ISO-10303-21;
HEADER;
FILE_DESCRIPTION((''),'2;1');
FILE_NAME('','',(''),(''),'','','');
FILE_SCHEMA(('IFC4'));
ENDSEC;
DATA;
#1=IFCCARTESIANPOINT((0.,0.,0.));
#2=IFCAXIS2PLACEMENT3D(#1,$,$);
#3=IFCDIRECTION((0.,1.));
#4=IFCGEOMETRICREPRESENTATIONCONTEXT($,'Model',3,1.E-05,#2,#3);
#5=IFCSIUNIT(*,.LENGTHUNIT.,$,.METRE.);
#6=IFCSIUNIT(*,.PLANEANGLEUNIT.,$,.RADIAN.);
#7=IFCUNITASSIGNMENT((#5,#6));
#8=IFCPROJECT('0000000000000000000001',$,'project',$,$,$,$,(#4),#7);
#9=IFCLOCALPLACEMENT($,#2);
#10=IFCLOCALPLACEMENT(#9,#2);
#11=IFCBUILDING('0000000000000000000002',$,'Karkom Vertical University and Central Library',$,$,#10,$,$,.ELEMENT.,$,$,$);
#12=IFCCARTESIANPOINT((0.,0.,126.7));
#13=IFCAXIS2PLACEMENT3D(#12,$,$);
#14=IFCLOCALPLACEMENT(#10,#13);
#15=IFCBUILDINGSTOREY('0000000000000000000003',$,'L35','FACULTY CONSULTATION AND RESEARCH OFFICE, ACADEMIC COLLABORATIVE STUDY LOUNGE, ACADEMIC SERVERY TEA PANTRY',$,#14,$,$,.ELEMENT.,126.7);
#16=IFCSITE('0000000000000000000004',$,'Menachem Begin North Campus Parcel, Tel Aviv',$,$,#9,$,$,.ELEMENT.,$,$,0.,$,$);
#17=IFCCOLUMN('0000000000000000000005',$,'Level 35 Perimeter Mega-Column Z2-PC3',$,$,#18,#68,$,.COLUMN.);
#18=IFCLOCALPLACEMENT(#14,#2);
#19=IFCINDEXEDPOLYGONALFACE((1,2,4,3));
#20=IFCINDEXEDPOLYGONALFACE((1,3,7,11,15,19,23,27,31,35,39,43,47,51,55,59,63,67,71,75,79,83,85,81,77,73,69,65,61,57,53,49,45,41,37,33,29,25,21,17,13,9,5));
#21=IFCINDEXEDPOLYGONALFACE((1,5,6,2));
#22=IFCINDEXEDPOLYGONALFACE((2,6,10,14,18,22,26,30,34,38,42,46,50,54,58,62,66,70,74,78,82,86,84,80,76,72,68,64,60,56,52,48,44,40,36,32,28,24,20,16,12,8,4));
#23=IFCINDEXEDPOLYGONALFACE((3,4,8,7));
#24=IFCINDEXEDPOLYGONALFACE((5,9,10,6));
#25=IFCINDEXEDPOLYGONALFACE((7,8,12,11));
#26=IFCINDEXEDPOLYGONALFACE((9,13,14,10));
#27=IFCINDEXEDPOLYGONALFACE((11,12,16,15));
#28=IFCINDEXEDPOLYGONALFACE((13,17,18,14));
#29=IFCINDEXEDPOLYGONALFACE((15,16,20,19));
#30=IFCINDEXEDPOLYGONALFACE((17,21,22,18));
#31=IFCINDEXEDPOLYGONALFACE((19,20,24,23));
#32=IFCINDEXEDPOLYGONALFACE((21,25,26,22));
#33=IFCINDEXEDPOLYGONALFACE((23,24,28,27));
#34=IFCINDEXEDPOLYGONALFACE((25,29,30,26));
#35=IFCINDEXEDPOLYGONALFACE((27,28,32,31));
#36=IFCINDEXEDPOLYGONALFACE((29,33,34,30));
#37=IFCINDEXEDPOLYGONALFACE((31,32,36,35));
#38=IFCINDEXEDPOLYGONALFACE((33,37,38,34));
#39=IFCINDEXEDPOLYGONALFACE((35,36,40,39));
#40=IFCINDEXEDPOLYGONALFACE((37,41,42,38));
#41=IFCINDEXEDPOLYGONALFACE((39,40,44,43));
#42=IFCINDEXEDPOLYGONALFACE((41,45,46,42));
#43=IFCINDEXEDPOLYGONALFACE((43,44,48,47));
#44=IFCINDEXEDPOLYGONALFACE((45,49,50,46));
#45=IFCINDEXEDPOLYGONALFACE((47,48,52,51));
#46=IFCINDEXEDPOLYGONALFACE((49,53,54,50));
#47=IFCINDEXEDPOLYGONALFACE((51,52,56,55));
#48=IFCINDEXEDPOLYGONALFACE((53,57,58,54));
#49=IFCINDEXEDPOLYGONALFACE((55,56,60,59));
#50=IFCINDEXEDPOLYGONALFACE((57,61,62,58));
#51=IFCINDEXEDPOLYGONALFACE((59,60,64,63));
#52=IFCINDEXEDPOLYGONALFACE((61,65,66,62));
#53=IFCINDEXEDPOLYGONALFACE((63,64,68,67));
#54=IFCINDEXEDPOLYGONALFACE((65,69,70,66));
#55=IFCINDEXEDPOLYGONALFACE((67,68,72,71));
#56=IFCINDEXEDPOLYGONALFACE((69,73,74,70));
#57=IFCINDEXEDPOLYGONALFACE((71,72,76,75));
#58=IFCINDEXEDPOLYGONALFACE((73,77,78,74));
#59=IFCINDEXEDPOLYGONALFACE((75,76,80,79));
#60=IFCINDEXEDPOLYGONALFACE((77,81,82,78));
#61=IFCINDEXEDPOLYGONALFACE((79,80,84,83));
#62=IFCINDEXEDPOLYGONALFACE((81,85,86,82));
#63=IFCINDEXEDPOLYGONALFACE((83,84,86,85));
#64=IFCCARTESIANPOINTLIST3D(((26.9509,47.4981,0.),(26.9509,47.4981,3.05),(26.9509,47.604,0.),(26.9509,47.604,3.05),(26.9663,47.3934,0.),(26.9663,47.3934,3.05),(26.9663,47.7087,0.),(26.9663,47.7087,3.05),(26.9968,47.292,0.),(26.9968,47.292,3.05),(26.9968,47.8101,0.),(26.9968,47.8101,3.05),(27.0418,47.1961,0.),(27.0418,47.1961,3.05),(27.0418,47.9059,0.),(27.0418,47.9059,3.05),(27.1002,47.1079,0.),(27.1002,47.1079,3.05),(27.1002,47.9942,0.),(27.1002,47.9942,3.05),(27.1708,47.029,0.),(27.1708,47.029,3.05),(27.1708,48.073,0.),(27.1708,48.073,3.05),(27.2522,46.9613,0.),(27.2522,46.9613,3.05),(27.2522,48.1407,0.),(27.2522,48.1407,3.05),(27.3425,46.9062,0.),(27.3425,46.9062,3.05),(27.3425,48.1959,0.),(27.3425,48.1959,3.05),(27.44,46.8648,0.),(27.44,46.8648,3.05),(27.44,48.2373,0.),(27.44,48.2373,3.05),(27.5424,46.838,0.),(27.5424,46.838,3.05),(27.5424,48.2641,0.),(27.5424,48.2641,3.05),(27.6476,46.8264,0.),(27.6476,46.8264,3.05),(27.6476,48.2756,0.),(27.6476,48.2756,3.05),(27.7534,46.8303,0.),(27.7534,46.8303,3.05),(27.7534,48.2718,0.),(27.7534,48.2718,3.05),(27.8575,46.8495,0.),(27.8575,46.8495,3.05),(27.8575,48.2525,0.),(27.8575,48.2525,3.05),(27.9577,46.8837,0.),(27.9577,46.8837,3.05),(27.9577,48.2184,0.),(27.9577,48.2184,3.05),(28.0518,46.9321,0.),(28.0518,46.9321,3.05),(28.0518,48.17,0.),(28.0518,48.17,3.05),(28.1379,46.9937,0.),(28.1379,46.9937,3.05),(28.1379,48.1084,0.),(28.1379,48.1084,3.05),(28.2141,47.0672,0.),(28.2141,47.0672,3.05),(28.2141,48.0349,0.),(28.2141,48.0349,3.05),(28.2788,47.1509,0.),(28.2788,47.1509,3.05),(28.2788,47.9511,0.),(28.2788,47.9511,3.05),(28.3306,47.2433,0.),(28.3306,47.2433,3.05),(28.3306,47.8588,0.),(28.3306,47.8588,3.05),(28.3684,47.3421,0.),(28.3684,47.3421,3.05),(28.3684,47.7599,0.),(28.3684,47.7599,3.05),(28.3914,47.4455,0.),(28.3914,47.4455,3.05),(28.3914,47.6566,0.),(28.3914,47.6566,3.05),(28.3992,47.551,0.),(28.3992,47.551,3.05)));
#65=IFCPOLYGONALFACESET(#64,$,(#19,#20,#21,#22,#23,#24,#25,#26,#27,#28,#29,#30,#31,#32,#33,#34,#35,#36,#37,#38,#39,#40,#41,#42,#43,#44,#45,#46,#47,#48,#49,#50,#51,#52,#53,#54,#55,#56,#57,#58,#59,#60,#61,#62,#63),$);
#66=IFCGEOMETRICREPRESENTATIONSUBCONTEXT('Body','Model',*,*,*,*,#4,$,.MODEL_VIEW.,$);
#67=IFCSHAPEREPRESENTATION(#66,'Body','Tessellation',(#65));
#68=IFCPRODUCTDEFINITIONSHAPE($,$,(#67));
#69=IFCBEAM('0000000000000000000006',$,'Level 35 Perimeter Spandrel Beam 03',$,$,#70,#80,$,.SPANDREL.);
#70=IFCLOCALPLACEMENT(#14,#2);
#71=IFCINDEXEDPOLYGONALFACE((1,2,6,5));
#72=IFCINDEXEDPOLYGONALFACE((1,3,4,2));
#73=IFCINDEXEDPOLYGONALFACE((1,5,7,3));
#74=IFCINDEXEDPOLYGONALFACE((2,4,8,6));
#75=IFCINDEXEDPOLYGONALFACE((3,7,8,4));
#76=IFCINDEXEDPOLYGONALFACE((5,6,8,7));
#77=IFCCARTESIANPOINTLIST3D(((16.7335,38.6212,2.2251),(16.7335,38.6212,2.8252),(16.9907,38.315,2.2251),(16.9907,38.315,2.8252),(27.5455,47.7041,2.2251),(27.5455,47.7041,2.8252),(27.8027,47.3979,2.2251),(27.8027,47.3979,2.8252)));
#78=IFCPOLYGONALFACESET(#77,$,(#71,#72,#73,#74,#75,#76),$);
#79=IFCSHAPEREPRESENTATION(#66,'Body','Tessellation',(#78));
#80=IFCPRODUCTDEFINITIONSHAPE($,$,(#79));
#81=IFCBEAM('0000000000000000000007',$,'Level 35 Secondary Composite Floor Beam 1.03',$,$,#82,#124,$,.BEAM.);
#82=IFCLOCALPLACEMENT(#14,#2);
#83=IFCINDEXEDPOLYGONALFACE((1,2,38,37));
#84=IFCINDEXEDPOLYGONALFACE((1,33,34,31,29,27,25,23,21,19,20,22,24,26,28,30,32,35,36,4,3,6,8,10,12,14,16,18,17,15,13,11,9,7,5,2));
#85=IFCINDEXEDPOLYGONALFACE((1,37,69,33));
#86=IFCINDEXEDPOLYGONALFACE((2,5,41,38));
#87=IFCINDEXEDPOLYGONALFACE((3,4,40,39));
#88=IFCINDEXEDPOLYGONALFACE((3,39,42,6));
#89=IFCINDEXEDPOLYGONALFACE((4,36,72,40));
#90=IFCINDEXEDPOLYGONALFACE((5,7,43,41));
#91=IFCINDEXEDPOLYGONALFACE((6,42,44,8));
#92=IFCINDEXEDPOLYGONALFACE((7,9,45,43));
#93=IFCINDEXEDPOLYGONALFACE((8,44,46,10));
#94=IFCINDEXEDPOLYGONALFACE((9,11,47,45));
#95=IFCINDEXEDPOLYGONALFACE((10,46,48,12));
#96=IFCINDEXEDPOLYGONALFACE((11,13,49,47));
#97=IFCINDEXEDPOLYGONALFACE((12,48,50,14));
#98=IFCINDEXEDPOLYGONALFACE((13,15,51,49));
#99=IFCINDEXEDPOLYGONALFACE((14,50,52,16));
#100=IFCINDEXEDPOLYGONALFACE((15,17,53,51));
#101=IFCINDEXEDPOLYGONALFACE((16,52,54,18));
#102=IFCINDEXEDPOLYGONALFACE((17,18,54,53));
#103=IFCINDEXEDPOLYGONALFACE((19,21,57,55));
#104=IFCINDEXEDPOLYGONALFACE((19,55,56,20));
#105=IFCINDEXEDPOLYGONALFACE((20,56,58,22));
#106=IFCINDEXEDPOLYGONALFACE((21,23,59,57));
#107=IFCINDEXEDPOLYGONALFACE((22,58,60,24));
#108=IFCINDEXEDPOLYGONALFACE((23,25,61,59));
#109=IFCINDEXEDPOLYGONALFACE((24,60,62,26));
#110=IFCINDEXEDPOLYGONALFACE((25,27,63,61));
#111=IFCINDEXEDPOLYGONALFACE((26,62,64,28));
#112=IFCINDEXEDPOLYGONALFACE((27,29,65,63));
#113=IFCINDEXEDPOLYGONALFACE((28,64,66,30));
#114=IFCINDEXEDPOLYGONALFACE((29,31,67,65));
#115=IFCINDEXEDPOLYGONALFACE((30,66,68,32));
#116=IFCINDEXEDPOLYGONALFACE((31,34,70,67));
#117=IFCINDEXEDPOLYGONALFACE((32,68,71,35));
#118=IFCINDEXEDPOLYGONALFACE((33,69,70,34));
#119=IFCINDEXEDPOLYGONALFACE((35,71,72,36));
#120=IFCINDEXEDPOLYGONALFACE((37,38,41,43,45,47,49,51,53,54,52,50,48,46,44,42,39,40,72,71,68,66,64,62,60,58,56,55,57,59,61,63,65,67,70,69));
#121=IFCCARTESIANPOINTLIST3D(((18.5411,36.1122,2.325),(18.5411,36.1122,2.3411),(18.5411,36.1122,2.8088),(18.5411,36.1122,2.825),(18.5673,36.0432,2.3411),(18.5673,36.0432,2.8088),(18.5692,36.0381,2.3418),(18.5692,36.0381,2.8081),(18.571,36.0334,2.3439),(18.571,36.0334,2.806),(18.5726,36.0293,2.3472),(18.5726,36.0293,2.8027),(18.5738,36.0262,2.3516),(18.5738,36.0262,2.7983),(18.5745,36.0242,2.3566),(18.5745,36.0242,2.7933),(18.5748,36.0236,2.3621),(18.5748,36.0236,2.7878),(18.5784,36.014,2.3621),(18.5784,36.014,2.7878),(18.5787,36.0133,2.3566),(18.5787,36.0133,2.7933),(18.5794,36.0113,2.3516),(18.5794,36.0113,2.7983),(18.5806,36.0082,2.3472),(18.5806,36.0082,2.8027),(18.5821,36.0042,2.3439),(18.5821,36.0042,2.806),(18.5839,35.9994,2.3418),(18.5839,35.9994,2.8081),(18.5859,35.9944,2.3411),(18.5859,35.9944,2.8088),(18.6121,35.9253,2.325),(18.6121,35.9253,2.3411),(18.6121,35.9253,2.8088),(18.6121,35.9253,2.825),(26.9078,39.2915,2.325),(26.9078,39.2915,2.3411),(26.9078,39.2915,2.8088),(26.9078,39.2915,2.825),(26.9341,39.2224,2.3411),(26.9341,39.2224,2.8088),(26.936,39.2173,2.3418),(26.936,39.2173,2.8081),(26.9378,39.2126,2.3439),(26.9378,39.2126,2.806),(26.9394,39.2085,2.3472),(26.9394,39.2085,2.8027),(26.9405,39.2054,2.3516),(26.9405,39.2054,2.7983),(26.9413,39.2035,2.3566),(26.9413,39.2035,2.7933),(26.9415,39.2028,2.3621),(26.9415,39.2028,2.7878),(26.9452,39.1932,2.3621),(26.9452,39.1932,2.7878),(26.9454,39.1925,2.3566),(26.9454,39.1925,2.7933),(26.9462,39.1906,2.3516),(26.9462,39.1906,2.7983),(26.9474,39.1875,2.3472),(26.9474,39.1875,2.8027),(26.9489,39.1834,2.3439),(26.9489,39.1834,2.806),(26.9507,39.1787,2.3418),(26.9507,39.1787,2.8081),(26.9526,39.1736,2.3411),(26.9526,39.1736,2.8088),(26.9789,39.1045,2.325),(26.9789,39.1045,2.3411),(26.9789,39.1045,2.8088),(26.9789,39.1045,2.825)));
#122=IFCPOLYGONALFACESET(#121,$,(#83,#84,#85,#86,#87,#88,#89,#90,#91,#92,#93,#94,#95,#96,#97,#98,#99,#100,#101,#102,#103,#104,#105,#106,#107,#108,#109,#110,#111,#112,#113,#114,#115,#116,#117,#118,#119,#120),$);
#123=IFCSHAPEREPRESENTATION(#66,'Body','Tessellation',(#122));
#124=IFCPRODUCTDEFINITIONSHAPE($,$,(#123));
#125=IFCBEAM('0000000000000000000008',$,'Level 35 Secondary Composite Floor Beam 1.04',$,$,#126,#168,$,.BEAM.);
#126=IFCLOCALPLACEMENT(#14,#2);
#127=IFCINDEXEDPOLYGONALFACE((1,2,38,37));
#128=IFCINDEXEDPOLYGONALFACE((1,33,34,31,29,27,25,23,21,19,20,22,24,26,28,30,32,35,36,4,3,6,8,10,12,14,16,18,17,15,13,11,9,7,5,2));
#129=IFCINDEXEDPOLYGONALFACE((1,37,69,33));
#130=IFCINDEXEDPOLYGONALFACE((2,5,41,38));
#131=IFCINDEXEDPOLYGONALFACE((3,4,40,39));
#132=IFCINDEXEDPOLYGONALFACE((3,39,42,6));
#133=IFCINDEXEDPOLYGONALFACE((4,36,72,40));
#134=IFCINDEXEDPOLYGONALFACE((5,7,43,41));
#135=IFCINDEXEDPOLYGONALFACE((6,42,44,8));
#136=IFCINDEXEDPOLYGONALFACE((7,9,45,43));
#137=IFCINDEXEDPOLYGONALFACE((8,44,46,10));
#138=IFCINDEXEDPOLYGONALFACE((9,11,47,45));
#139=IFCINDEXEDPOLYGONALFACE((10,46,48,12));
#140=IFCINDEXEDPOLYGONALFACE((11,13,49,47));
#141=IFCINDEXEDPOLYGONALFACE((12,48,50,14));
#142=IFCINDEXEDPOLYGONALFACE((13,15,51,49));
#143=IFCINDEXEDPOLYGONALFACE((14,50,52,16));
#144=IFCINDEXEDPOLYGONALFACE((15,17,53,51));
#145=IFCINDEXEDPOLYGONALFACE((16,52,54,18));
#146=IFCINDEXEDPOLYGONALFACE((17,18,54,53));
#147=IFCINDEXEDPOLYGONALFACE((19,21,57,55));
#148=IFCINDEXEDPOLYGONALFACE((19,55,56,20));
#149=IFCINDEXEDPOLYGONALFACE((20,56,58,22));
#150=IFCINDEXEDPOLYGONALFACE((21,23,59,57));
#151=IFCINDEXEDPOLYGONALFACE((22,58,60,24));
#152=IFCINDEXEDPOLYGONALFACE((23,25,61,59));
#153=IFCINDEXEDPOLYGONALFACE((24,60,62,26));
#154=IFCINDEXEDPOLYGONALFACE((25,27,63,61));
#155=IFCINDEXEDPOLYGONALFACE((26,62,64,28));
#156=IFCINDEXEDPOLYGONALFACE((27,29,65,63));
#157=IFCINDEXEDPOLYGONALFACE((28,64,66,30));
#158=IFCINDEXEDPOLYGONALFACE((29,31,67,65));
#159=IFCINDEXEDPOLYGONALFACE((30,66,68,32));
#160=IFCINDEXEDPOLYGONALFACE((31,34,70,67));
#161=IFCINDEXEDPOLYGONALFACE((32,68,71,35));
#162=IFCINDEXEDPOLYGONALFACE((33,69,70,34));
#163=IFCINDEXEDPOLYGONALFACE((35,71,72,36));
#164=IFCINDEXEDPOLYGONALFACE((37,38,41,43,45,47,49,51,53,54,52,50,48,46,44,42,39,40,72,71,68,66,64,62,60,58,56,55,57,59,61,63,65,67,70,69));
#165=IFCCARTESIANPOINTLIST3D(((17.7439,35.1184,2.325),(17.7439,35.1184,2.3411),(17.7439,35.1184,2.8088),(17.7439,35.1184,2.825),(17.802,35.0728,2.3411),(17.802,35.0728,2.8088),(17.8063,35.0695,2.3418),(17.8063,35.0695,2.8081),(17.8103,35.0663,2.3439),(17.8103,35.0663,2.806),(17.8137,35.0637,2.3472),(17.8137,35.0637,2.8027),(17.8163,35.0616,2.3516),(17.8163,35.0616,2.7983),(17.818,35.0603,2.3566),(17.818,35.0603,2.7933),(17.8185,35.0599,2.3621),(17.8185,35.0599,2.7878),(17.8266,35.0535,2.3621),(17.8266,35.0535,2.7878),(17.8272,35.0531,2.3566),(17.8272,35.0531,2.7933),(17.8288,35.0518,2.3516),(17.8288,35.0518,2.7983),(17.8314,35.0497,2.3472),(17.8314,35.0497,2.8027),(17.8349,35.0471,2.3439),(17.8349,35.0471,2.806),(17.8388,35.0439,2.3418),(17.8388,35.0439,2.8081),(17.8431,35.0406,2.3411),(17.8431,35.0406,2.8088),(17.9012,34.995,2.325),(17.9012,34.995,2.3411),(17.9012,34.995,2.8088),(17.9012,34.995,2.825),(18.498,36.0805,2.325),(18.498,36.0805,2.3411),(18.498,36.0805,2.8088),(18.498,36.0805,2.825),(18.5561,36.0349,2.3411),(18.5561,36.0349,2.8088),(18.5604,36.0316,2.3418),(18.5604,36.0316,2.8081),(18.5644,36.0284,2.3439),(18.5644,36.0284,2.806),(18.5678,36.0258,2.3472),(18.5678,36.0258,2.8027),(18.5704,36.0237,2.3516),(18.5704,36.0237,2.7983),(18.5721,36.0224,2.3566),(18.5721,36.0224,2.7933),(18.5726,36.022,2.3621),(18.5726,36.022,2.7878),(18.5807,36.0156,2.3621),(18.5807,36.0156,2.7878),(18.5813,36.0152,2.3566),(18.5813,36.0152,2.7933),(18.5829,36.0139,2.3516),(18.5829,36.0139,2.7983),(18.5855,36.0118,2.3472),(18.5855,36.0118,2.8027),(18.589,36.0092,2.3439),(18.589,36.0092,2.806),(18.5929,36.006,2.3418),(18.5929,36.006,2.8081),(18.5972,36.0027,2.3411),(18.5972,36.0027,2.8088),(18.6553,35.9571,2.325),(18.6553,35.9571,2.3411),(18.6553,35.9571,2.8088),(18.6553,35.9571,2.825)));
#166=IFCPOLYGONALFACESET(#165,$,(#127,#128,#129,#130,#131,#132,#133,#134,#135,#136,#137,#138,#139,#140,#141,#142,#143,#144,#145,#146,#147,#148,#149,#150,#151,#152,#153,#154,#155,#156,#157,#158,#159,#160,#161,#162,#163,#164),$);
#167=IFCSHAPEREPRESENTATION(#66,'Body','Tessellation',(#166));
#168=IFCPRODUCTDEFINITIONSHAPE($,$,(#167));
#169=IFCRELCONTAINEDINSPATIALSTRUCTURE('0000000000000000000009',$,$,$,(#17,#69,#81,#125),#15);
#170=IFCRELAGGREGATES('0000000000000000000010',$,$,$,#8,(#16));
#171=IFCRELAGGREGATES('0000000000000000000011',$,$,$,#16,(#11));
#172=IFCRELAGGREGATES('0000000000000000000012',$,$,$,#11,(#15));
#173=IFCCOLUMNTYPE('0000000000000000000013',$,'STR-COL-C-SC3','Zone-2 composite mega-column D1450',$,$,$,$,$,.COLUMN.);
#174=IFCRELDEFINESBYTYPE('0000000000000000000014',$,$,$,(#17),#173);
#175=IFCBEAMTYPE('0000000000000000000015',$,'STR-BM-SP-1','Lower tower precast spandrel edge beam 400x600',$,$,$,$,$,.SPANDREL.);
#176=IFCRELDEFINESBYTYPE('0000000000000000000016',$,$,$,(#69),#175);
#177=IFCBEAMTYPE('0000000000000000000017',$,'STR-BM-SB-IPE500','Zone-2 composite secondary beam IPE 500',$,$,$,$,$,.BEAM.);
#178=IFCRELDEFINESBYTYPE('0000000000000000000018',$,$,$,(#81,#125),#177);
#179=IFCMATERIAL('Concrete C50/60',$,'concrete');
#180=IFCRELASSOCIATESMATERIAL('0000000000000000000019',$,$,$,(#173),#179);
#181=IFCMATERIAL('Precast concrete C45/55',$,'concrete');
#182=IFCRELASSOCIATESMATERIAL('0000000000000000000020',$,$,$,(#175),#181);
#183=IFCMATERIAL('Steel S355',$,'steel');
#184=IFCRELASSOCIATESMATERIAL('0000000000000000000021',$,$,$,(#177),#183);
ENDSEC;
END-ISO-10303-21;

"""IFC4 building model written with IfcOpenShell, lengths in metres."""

from ifc_helpers import new_model, si_unit, direction, frame, origin, origin_with_axes, origin_2d, place, context, subcontext, project, spatial, rectangle, circle, i_section, extrude, source, transform, mapped, material, material_profile, profile_set, type_object, element, save


model = new_model("IFC4")

# Units and contexts
model_context = context("Model", 3, precision=1e-05, world=origin(), true_north=direction((0.0, 1.0)))
body_context = subcontext(model_context, "Body", "Model", "MODEL_VIEW")
ifc_project = project(units=[si_unit("LENGTHUNIT", "METRE"), si_unit("PLANEANGLEUNIT", "RADIAN")], contexts=[model_context])

# Site, building, storey
site_placement = place(None, origin())
site = spatial("IfcSite", under=ifc_project, at=site_placement, Name="Menachem Begin North Campus Parcel, Tel Aviv", CompositionType="ELEMENT", RefElevation=0.0)
building_placement = place(site_placement, origin())
building = spatial("IfcBuilding", under=site, at=building_placement, Name="Karkom Vertical University and Central Library", CompositionType="ELEMENT")
storey_placement = place(building_placement, frame((0.0, 0.0, 126.7)))
storey = spatial("IfcBuildingStorey", under=building, at=storey_placement, Name="L35", Description="FACULTY CONSULTATION AND RESEARCH OFFICE, ACADEMIC COLLABORATIVE STUDY LOUNGE, ACADEMIC SERVERY TEA PANTRY", CompositionType="ELEMENT", Elevation=126.7)

# Column
ifc_material_1 = material(Name="Concrete C50/60", Category="concrete")
ifc_material_profile_1 = material_profile(ifc_material_1, circle(Radius=0.7251, at=origin_2d()), Name="CFT-D1450")
ifc_profile_set_1 = profile_set([ifc_material_profile_1], Name="Concrete C50/60")
column_type = type_object("IfcColumnType", Name="STR-COL-C-SC3", Description="Zone-2 composite mega-column D1450", PredefinedType="COLUMN", material=ifc_profile_set_1)
shared_shape_1 = source(origin_with_axes(), body_context, "Body", "SweptSolid", [
    extrude(circle(Radius=0.7251, at=origin_2d()), origin(), (0.0, 0.0, 1.0), 3.05),
])
column_placement = place(storey_placement, frame((27.6741, 47.551, 0.0), z_axis=(0.0, 0.0, 1.0), x_axis=(1.0, 0.0, 0.0)))
element("IfcColumn", 1, at=column_placement, inside=storey, type_object=column_type, Name="Level 35 Perimeter Mega-Column Z2-PC3", PredefinedType="COLUMN", context=body_context, shape_type="MappedRepresentation", body=[
    mapped(shared_shape_1, transform((0.0, 0.0, 0.0), scale=1.0)),
])

# Beams
ifc_material_2 = material(Name="Precast concrete C45/55", Category="concrete")
ifc_material_profile_2 = material_profile(ifc_material_2, rectangle(XDim=0.3999, YDim=0.6001, at=origin_2d()), Name="SPB-400x600")
ifc_profile_set_2 = profile_set([ifc_material_profile_2], Name="Precast concrete C45/55")
beam_type_1 = type_object("IfcBeamType", Name="STR-BM-SP-1", Description="Lower tower precast spandrel edge beam 400x600", PredefinedType="SPANDREL", material=ifc_profile_set_2)
shared_shape_2 = source(origin_with_axes(), body_context, "Body", "SweptSolid", [
    extrude(rectangle(XDim=0.3999, YDim=0.6001, at=origin_2d()), origin(), (0.0, 0.0, 1.0), 14.1208),
])
beam_1_placement = place(storey_placement, frame((27.6741, 47.551, 2.5251), z_axis=(-0.765673, -0.64323, 0.0), x_axis=(0.64323, -0.765673, 0.0)))
element("IfcBeam", 2, at=beam_1_placement, inside=storey, type_object=beam_type_1, Name="Level 35 Perimeter Spandrel Beam 03", PredefinedType="SPANDREL", context=body_context, shape_type="MappedRepresentation", body=[
    mapped(shared_shape_2, transform((0.0, 0.0, 0.0), scale=1.0)),
])
ifc_material_3 = material(Name="Steel S355", Category="steel")
ifc_material_profile_3 = material_profile(ifc_material_3, i_section(OverallWidth=0.2, OverallDepth=0.5, WebThickness=0.0103, FlangeThickness=0.0161, FilletRadius=0.021, at=origin_2d()), Name="IPE 500")
ifc_profile_set_3 = profile_set([ifc_material_profile_3], Name="Steel S355")
beam_type_2 = type_object("IfcBeamType", Name="STR-BM-SB-IPE500", Description="Zone-2 composite secondary beam IPE 500", PredefinedType="BEAM", material=ifc_profile_set_3)
shared_shape_3 = source(origin_with_axes(), body_context, "Body", "SweptSolid", [
    extrude(i_section(OverallWidth=0.2, OverallDepth=0.5, WebThickness=0.0103, FlangeThickness=0.0161, FilletRadius=0.021, at=origin_2d()), origin(), (0.0, 0.0, 1.0), 8.9504),
])
beam_2_placement = place(storey_placement, frame((26.9434, 39.198, 2.575), z_axis=(-0.934789, -0.355203, 0.0), x_axis=(0.355203, -0.934789, 0.0)))
element("IfcBeam", 3, at=beam_2_placement, inside=storey, type_object=beam_type_2, Name="Level 35 Secondary Composite Floor Beam 1.03", PredefinedType="BEAM", context=body_context, shape_type="MappedRepresentation", body=[
    mapped(shared_shape_3, transform((0.0, 0.0, 0.0), scale=1.0)),
])
shared_shape_4 = source(origin_with_axes(), body_context, "Body", "SweptSolid", [
    extrude(i_section(OverallWidth=0.2, OverallDepth=0.5, WebThickness=0.0103, FlangeThickness=0.0161, FilletRadius=0.021, at=origin_2d()), origin(), (0.0, 0.0, 1.0), 1.2224),
])
beam_3_placement = place(storey_placement, frame((18.5767, 36.0188, 2.575), z_axis=(-0.616895, -0.787045, 0.0), x_axis=(0.787045, -0.616895, 0.0)))
element("IfcBeam", 4, at=beam_3_placement, inside=storey, type_object=beam_type_2, Name="Level 35 Secondary Composite Floor Beam 1.04", PredefinedType="BEAM", context=body_context, shape_type="MappedRepresentation", body=[
    mapped(shared_shape_4, transform((0.0, 0.0, 0.0), scale=1.0)),
])

save(model, "model.ifc")
